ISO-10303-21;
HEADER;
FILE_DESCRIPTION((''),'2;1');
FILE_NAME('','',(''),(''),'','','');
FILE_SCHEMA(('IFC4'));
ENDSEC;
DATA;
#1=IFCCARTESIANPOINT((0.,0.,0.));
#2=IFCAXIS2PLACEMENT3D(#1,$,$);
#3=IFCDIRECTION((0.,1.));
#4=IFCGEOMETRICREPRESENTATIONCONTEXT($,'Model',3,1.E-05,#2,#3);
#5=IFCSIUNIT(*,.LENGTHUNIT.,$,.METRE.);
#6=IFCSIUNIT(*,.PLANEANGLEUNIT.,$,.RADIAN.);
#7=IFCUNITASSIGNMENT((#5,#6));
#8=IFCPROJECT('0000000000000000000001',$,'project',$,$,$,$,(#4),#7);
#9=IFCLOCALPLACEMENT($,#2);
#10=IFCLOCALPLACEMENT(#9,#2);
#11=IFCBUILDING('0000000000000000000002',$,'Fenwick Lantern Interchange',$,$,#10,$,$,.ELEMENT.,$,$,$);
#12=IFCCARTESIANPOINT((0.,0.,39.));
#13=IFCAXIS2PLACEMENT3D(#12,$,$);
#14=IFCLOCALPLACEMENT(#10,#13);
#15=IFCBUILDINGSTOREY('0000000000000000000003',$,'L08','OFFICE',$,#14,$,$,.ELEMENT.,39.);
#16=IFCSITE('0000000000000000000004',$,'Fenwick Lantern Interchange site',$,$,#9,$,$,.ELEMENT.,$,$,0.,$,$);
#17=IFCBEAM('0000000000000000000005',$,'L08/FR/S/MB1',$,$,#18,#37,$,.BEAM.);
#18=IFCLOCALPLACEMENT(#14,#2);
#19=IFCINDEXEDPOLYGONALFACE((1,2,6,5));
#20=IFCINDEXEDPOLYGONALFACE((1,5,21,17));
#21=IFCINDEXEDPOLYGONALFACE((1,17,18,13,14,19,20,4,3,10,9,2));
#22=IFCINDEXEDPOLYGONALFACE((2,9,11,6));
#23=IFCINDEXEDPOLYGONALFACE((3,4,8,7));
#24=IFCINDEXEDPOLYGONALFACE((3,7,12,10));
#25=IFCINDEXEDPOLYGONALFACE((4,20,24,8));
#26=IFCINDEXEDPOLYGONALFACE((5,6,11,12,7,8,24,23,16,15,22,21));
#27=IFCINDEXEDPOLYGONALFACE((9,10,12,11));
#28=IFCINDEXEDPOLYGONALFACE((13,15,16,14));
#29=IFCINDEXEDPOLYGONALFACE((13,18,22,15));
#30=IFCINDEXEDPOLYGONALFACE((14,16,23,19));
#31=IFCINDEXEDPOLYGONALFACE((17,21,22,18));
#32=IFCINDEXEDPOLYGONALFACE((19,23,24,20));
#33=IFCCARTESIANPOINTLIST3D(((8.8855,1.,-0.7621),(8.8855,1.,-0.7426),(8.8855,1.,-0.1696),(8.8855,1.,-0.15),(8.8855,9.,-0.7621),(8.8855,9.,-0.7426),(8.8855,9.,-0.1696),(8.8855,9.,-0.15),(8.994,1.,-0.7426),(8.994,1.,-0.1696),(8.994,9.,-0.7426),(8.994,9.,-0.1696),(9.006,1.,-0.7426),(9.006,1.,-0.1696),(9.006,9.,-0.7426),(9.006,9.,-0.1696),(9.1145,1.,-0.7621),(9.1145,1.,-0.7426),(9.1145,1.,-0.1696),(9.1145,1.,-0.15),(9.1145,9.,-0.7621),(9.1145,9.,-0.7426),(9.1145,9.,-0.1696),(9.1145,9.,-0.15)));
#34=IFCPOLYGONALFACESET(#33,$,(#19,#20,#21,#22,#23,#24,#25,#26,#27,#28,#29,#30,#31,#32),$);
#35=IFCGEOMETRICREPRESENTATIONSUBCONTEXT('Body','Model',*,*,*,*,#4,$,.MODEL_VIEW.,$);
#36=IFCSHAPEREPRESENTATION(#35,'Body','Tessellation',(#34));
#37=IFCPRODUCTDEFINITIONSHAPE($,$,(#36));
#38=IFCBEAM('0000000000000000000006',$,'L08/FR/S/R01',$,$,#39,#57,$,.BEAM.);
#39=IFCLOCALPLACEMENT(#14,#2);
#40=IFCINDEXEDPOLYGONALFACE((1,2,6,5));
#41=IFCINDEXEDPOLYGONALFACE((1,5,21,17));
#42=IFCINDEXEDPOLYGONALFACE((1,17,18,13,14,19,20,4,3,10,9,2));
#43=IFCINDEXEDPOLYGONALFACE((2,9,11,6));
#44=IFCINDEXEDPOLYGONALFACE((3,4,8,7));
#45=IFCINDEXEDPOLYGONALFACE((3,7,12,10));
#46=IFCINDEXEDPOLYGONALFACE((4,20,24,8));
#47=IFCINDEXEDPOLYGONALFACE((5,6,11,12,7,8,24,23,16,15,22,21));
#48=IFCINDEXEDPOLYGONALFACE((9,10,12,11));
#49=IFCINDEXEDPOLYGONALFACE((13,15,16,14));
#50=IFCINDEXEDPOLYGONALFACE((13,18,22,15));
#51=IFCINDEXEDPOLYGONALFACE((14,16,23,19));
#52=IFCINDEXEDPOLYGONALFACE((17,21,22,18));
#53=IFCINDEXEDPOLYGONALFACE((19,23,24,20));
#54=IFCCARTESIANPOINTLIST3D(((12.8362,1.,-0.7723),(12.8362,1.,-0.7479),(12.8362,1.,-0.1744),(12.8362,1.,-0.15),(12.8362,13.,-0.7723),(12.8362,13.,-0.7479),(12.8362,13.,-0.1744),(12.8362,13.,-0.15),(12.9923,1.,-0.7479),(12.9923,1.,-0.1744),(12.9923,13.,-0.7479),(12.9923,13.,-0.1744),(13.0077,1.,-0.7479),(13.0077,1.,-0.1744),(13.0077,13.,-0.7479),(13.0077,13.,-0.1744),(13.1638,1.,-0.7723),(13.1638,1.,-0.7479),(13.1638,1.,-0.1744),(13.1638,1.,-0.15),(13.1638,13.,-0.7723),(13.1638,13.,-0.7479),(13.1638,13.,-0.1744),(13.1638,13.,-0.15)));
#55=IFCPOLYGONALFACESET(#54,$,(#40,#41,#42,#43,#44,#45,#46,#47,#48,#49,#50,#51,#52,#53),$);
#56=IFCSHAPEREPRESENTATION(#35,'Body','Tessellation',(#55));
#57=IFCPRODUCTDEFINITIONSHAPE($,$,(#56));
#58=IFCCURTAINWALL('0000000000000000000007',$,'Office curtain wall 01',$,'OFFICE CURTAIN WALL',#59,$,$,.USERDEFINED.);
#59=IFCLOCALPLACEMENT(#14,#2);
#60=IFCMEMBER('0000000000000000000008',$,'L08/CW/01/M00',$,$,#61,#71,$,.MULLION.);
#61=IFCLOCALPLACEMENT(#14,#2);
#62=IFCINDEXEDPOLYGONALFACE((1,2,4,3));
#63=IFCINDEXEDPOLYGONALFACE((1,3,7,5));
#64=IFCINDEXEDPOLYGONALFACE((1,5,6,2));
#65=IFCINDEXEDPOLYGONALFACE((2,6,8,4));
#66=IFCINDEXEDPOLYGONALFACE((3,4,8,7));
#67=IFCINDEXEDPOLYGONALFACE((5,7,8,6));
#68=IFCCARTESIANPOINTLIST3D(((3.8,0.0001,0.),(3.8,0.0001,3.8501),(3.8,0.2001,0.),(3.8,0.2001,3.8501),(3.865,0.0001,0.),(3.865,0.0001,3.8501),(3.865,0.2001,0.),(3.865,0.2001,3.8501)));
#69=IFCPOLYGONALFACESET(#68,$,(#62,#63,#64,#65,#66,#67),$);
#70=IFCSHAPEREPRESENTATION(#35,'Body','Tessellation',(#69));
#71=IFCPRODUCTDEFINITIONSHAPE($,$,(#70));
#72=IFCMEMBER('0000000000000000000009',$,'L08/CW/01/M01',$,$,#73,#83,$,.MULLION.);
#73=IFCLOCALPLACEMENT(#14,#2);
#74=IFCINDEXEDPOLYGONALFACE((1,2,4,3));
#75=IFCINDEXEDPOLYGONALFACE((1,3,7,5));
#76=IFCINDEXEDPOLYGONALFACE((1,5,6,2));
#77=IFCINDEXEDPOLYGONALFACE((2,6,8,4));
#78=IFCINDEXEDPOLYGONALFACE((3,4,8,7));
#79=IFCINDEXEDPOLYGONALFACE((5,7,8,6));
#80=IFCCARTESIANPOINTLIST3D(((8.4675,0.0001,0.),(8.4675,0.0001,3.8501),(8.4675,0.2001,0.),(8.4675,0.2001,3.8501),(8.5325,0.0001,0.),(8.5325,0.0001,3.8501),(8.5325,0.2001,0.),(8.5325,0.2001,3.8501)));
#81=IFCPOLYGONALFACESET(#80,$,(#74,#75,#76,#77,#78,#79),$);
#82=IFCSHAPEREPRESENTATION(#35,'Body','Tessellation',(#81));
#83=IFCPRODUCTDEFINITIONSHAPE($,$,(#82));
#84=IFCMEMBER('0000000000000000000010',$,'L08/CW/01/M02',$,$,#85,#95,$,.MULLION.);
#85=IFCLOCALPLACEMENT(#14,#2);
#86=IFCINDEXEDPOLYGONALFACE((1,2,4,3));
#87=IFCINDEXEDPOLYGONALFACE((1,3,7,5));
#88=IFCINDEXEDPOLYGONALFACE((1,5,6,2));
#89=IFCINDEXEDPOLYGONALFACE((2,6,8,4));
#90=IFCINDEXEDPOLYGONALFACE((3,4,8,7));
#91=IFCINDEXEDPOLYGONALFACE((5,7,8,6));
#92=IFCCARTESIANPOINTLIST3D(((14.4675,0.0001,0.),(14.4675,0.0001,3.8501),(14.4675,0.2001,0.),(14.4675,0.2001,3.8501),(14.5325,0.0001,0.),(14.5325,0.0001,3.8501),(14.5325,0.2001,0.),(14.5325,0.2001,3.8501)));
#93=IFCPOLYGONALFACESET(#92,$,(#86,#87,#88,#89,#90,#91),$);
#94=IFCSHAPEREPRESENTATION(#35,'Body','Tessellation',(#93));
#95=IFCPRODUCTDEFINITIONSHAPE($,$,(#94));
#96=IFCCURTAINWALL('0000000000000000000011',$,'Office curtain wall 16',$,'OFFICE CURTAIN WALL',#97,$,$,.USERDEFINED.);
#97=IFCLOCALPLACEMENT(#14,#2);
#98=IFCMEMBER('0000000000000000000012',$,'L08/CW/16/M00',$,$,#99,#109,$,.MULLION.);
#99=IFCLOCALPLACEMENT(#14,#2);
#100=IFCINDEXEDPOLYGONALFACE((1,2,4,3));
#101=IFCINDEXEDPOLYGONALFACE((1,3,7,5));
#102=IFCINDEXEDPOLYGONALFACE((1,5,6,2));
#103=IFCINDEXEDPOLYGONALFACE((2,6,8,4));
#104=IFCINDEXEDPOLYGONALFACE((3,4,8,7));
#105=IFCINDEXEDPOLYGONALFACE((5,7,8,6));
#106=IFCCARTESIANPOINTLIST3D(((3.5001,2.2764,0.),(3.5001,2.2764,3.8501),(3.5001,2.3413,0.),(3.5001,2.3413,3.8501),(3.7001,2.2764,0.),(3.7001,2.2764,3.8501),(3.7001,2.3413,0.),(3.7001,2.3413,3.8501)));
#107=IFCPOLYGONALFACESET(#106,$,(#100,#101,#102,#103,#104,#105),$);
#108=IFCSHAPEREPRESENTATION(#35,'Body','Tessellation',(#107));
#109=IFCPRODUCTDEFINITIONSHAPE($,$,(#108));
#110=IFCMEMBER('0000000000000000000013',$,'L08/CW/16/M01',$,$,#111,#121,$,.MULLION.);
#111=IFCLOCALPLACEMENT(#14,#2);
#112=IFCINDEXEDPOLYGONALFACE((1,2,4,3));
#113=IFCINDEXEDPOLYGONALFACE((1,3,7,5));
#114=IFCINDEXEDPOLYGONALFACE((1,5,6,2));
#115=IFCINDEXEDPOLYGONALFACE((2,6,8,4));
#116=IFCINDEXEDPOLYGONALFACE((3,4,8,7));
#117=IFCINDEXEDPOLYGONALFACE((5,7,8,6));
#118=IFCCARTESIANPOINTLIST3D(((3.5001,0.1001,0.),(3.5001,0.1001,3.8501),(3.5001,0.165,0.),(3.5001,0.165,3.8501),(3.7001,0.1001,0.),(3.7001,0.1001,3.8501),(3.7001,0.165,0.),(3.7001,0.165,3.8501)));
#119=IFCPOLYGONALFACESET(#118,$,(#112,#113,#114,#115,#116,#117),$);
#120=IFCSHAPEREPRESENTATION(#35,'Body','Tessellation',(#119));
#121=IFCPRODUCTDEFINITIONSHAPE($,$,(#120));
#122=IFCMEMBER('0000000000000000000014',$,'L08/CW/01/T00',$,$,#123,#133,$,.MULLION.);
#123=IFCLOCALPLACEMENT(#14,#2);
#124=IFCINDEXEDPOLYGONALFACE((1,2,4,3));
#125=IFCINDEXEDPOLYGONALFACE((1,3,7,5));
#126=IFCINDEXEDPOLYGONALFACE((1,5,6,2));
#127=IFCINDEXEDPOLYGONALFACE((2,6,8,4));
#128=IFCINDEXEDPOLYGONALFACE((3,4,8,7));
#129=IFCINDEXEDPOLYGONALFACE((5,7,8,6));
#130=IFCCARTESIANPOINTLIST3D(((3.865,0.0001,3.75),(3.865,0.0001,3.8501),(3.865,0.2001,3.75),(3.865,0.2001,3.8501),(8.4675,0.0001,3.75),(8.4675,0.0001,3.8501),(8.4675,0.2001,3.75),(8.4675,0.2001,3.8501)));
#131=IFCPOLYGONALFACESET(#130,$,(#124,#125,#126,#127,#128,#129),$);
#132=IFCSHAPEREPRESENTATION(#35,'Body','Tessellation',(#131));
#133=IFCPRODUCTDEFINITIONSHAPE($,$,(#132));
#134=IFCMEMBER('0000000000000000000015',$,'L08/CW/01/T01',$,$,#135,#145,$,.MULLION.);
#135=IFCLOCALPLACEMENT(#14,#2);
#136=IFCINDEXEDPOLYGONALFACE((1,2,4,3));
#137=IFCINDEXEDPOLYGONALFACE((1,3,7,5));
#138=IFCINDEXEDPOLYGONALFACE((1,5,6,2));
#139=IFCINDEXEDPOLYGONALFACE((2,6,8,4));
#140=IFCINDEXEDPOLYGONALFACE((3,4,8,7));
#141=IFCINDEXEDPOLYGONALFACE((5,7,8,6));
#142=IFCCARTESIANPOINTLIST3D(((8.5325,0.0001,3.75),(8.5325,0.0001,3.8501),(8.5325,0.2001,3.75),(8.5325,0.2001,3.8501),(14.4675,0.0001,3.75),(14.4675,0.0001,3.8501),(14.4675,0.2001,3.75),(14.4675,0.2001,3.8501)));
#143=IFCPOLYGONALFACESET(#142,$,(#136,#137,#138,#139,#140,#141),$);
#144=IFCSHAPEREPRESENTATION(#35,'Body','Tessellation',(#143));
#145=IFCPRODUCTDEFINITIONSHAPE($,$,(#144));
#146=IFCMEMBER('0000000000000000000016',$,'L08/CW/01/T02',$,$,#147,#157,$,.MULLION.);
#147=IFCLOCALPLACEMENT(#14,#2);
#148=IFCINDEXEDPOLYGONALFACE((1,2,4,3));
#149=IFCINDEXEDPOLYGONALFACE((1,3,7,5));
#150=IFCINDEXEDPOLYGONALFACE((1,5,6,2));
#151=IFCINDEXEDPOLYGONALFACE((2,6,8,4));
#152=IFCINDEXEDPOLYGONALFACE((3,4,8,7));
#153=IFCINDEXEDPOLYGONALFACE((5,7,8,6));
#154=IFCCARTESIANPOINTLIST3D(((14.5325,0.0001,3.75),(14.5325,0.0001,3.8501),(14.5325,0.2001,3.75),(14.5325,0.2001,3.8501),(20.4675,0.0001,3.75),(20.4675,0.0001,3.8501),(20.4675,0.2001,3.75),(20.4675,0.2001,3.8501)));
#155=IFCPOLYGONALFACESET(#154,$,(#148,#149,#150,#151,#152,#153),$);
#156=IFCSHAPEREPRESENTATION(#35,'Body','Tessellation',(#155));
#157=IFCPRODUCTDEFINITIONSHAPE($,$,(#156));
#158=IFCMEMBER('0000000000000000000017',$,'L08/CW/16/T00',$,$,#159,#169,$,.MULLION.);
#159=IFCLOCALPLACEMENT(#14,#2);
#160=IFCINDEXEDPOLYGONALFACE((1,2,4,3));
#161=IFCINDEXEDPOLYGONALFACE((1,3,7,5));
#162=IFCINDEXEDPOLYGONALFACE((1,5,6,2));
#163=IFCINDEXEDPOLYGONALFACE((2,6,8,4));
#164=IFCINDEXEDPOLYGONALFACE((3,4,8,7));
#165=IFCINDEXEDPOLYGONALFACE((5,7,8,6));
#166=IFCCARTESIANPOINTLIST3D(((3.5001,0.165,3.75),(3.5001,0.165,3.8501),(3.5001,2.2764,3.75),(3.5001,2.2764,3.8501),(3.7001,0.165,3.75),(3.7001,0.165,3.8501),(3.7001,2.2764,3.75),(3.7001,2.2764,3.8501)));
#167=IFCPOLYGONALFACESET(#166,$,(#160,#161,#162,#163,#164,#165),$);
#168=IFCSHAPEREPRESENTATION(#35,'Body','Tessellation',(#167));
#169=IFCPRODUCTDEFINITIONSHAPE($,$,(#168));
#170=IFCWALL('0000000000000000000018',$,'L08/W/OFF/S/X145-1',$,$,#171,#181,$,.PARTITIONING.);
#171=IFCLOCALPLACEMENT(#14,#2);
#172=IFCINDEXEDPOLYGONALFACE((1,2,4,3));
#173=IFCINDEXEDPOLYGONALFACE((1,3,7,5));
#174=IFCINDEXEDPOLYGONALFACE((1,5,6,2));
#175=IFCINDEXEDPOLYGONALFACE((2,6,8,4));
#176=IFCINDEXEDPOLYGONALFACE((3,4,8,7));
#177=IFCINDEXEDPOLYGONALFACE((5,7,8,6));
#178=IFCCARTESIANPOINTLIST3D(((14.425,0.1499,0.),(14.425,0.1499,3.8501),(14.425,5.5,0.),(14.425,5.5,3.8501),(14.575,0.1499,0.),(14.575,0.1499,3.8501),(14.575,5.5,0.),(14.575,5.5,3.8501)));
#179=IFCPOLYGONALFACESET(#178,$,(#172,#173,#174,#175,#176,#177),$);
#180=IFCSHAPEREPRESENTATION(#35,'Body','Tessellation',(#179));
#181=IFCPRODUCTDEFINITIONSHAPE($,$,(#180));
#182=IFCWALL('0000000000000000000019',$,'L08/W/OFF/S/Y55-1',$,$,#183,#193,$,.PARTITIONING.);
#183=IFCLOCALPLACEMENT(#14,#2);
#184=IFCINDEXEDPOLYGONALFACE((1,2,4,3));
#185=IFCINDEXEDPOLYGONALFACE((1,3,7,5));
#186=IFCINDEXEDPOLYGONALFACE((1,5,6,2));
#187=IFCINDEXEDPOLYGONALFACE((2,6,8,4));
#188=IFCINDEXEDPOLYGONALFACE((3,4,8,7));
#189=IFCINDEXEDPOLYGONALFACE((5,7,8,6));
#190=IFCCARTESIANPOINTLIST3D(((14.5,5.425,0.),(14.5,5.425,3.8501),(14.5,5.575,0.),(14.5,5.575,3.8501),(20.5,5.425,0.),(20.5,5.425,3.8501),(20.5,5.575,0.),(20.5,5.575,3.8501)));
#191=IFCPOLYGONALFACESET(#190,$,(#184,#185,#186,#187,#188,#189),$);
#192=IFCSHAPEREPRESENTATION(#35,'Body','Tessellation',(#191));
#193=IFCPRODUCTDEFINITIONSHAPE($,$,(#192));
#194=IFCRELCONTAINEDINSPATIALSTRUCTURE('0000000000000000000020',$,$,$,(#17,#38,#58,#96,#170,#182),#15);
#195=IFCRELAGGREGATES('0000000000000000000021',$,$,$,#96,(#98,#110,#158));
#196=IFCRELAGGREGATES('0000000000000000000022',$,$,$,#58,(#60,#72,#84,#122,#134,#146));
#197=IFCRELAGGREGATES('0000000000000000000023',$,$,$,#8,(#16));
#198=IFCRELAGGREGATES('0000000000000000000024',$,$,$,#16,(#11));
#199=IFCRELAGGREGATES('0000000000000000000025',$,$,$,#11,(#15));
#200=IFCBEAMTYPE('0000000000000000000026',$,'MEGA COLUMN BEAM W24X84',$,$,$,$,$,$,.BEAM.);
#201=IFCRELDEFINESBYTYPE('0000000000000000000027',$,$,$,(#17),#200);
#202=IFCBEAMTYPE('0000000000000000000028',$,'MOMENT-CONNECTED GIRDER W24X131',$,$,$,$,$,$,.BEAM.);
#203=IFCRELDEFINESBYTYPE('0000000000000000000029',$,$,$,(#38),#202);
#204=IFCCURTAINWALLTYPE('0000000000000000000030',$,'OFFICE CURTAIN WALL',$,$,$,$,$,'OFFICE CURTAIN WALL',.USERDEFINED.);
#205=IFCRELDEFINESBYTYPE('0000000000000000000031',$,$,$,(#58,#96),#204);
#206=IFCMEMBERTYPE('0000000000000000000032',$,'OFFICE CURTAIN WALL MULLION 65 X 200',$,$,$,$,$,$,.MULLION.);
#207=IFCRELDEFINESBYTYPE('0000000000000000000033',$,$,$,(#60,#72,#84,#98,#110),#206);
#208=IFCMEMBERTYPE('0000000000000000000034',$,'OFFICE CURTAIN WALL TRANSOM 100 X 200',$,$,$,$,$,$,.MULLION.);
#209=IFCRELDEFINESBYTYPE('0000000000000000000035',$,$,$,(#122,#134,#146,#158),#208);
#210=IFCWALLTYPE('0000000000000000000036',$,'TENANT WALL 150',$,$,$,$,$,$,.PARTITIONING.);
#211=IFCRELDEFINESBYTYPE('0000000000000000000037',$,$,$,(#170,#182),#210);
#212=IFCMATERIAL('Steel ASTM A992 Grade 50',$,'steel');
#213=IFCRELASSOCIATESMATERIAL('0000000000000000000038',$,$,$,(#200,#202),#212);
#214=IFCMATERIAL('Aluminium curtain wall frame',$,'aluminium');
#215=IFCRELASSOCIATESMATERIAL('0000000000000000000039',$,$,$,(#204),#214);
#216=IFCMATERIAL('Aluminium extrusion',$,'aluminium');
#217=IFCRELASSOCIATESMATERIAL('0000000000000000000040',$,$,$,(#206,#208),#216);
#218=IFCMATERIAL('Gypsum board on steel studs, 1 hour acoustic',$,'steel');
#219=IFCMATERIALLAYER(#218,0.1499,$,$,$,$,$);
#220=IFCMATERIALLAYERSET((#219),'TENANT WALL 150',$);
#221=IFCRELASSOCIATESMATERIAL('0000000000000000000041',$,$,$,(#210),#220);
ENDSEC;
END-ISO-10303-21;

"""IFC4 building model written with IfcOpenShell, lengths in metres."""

from ifc_helpers import new_model, si_unit, direction, frame, frame_2d, origin, origin_2d, place, context, subcontext, project, spatial, rectangle, i_section, extrude, material, layer, layer_set, material_profile, profile_set, type_object, element, aggregate, save


model = new_model("IFC4")

# Units and contexts
model_context = context("Model", 3, precision=1e-05, world=origin(), true_north=direction((0.0, 1.0)))
body_context = subcontext(model_context, "Body", "Model", "MODEL_VIEW")
ifc_project = project(units=[si_unit("LENGTHUNIT", "METRE"), si_unit("PLANEANGLEUNIT", "RADIAN")], contexts=[model_context])

# Site, building, storey
site_placement = place(None, origin())
site = spatial("IfcSite", under=ifc_project, at=site_placement, Name="Fenwick Lantern Interchange site", CompositionType="ELEMENT", RefElevation=0.0)
building_placement = place(site_placement, origin())
building = spatial("IfcBuilding", under=site, at=building_placement, Name="Fenwick Lantern Interchange", CompositionType="ELEMENT")
storey_placement = place(building_placement, frame((0.0, 0.0, 39.0)))
storey = spatial("IfcBuildingStorey", under=building, at=storey_placement, Name="L08", Description="OFFICE", CompositionType="ELEMENT", Elevation=39.0)

# Beams
ifc_material_1 = material(Name="Steel ASTM A992 Grade 50", Category="steel")
ifc_material_profile_1 = material_profile(ifc_material_1, i_section(OverallWidth=0.229, OverallDepth=0.6121, WebThickness=0.012, FlangeThickness=0.0195, at=origin_2d()), Name="W24X84")
ifc_profile_set_1 = profile_set([ifc_material_profile_1], Name="Steel ASTM A992 Grade 50")
beam_type_1 = type_object("IfcBeamType", Name="MEGA COLUMN BEAM W24X84", PredefinedType="BEAM", material=ifc_profile_set_1)
beam_1_placement = place(storey_placement, frame((9.0, 9.0, -0.4561), z_axis=(0.0, -1.0, 0.0), x_axis=(1.0, 0.0, 0.0)))
element("IfcBeam", 1, at=beam_1_placement, inside=storey, type_object=beam_type_1, Name="L08/FR/S/MB1", PredefinedType="BEAM", context=body_context, shape_type="SweptSolid", body=[
    extrude(i_section(OverallWidth=0.229, OverallDepth=0.6121, WebThickness=0.012, FlangeThickness=0.0195, at=origin_2d()), origin(), (0.0, 0.0, 1.0), 8.0),
])
ifc_material_profile_2 = material_profile(ifc_material_1, i_section(OverallWidth=0.3276, OverallDepth=0.6223, WebThickness=0.0154, FlangeThickness=0.0244, at=origin_2d()), Name="W24X131")
ifc_profile_set_2 = profile_set([ifc_material_profile_2], Name="Steel ASTM A992 Grade 50")
beam_type_2 = type_object("IfcBeamType", Name="MOMENT-CONNECTED GIRDER W24X131", PredefinedType="BEAM", material=ifc_profile_set_2)
beam_2_placement = place(storey_placement, frame((13.0, 1.0, -0.4612), z_axis=(0.0, 1.0, 0.0), x_axis=(-1.0, 0.0, 0.0)))
element("IfcBeam", 2, at=beam_2_placement, inside=storey, type_object=beam_type_2, Name="L08/FR/S/R01", PredefinedType="BEAM", context=body_context, shape_type="SweptSolid", body=[
    extrude(i_section(OverallWidth=0.3276, OverallDepth=0.6223, WebThickness=0.0154, FlangeThickness=0.0244, at=origin_2d()), origin(), (0.0, 0.0, 1.0), 12.0),
])

# Curtain walls, members
ifc_material_2 = material(Name="Aluminium curtain wall frame", Category="aluminium")
curtain_wall_type = type_object("IfcCurtainWallType", Name="OFFICE CURTAIN WALL", ElementType="OFFICE CURTAIN WALL", PredefinedType="USERDEFINED", material=ifc_material_2)
curtain_wall_1_placement = place(storey_placement, origin())
curtain_wall_1 = element("IfcCurtainWall", 3, at=curtain_wall_1_placement, inside=storey, type_object=curtain_wall_type, Name="Office curtain wall 01", ObjectType="OFFICE CURTAIN WALL", PredefinedType="USERDEFINED")
ifc_material_3 = material(Name="Aluminium extrusion", Category="aluminium")
ifc_material_profile_3 = material_profile(ifc_material_3, rectangle(XDim=0.2, YDim=0.0649, at=origin_2d()), Name="OFFICE CURTAIN WALL MULLION 65 X 200")
ifc_profile_set_3 = profile_set([ifc_material_profile_3], Name="Aluminium extrusion")
member_type_1 = type_object("IfcMemberType", Name="OFFICE CURTAIN WALL MULLION 65 X 200", PredefinedType="MULLION", material=ifc_profile_set_3)
member_1_placement = place(storey_placement, frame((3.8325, 0.1001, 0.0), z_axis=(0.0, 0.0, 1.0), x_axis=(0.0, 1.0, 0.0)))
member_1 = element("IfcMember", 4, at=member_1_placement, type_object=member_type_1, Name="L08/CW/01/M00", PredefinedType="MULLION", context=body_context, shape_type="SweptSolid", body=[
    extrude(rectangle(XDim=0.2, YDim=0.0649, at=origin_2d()), origin(), (0.0, 0.0, 1.0), 3.8501),
])
member_2_placement = place(storey_placement, frame((8.5, 0.1001, 0.0), z_axis=(0.0, 0.0, 1.0), x_axis=(0.0, 1.0, 0.0)))
member_2 = element("IfcMember", 5, at=member_2_placement, type_object=member_type_1, Name="L08/CW/01/M01", PredefinedType="MULLION", context=body_context, shape_type="SweptSolid", body=[
    extrude(rectangle(XDim=0.2, YDim=0.0649, at=origin_2d()), origin(), (0.0, 0.0, 1.0), 3.8501),
])
member_3_placement = place(storey_placement, frame((14.5, 0.1001, 0.0), z_axis=(0.0, 0.0, 1.0), x_axis=(0.0, 1.0, 0.0)))
member_3 = element("IfcMember", 6, at=member_3_placement, type_object=member_type_1, Name="L08/CW/01/M02", PredefinedType="MULLION", context=body_context, shape_type="SweptSolid", body=[
    extrude(rectangle(XDim=0.2, YDim=0.0649, at=origin_2d()), origin(), (0.0, 0.0, 1.0), 3.8501),
])
curtain_wall_2_placement = place(storey_placement, origin())
curtain_wall_2 = element("IfcCurtainWall", 7, at=curtain_wall_2_placement, inside=storey, type_object=curtain_wall_type, Name="Office curtain wall 16", ObjectType="OFFICE CURTAIN WALL", PredefinedType="USERDEFINED")
member_4_placement = place(storey_placement, frame((3.6001, 2.3088, 0.0), z_axis=(0.0, 0.0, 1.0), x_axis=(1.0, 0.0, 0.0)))
member_4 = element("IfcMember", 8, at=member_4_placement, type_object=member_type_1, Name="L08/CW/16/M00", PredefinedType="MULLION", context=body_context, shape_type="SweptSolid", body=[
    extrude(rectangle(XDim=0.2, YDim=0.0649, at=origin_2d()), origin(), (0.0, 0.0, 1.0), 3.8501),
])
member_5_placement = place(storey_placement, frame((3.6001, 0.1326, 0.0), z_axis=(0.0, 0.0, 1.0), x_axis=(1.0, 0.0, 0.0)))
member_5 = element("IfcMember", 9, at=member_5_placement, type_object=member_type_1, Name="L08/CW/16/M01", PredefinedType="MULLION", context=body_context, shape_type="SweptSolid", body=[
    extrude(rectangle(XDim=0.2, YDim=0.0649, at=origin_2d()), origin(), (0.0, 0.0, 1.0), 3.8501),
])

# Members
ifc_material_profile_4 = material_profile(ifc_material_3, rectangle(XDim=0.2, YDim=0.1001, at=origin_2d()), Name="OFFICE CURTAIN WALL TRANSOM 100 X 200")
ifc_profile_set_4 = profile_set([ifc_material_profile_4], Name="Aluminium extrusion")
member_type_2 = type_object("IfcMemberType", Name="OFFICE CURTAIN WALL TRANSOM 100 X 200", PredefinedType="MULLION", material=ifc_profile_set_4)
member_6_placement = place(storey_placement, frame((3.865, 0.1001, 3.8), z_axis=(1.0, 0.0, 0.0), x_axis=(0.0, 1.0, 0.0)))
member_6 = element("IfcMember", 10, at=member_6_placement, type_object=member_type_2, Name="L08/CW/01/T00", PredefinedType="MULLION", context=body_context, shape_type="SweptSolid", body=[
    extrude(rectangle(XDim=0.2, YDim=0.1001, at=origin_2d()), origin(), (0.0, 0.0, 1.0), 4.6025),
])
member_7_placement = place(storey_placement, frame((8.5325, 0.1001, 3.8), z_axis=(1.0, 0.0, 0.0), x_axis=(0.0, 1.0, 0.0)))
member_7 = element("IfcMember", 11, at=member_7_placement, type_object=member_type_2, Name="L08/CW/01/T01", PredefinedType="MULLION", context=body_context, shape_type="SweptSolid", body=[
    extrude(rectangle(XDim=0.2, YDim=0.1001, at=origin_2d()), origin(), (0.0, 0.0, 1.0), 5.9351),
])
member_8_placement = place(storey_placement, frame((14.5325, 0.1001, 3.8), z_axis=(1.0, 0.0, 0.0), x_axis=(0.0, 1.0, 0.0)))
member_8 = element("IfcMember", 12, at=member_8_placement, type_object=member_type_2, Name="L08/CW/01/T02", PredefinedType="MULLION", context=body_context, shape_type="SweptSolid", body=[
    extrude(rectangle(XDim=0.2, YDim=0.1001, at=origin_2d()), origin(), (0.0, 0.0, 1.0), 5.9351),
])
member_9_placement = place(storey_placement, frame((3.6001, 2.2764, 3.8), z_axis=(0.0, -1.0, 0.0), x_axis=(1.0, 0.0, 0.0)))
member_9 = element("IfcMember", 13, at=member_9_placement, type_object=member_type_2, Name="L08/CW/16/T00", PredefinedType="MULLION", context=body_context, shape_type="SweptSolid", body=[
    extrude(rectangle(XDim=0.2, YDim=0.1001, at=origin_2d()), origin(), (0.0, 0.0, 1.0), 2.1113),
])
aggregate(curtain_wall_2, [member_4, member_5, member_9])

aggregate(curtain_wall_1, [member_1, member_2, member_3, member_6, member_7, member_8])

# Walls
ifc_material_4 = material(Name="Gypsum board on steel studs, 1 hour acoustic", Category="steel")
ifc_layer_1 = layer(ifc_material_4, 0.1499)
ifc_layer_set_1 = layer_set([ifc_layer_1], Name="TENANT WALL 150")
wall_type = type_object("IfcWallType", Name="TENANT WALL 150", PredefinedType="PARTITIONING", material=ifc_layer_set_1)
wall_1_placement = place(storey_placement, frame((14.5, 0.1499, 0.0), z_axis=(0.0, 0.0, 1.0), x_axis=(0.0, 1.0, 0.0)))
element("IfcWall", 14, at=wall_1_placement, inside=storey, type_object=wall_type, Name="L08/W/OFF/S/X145-1", PredefinedType="PARTITIONING", context=body_context, shape_type="SweptSolid", body=[
    extrude(rectangle(XDim=5.3501, YDim=0.1499, at=frame_2d((2.675, 0.0))), origin(), (0.0, 0.0, 1.0), 3.8501),
])
wall_2_placement = place(storey_placement, frame((14.5, 5.5, 0.0), z_axis=(0.0, 0.0, 1.0), x_axis=(1.0, 0.0, 0.0)))
element("IfcWall", 15, at=wall_2_placement, inside=storey, type_object=wall_type, Name="L08/W/OFF/S/Y55-1", PredefinedType="PARTITIONING", context=body_context, shape_type="SweptSolid", body=[
    extrude(rectangle(XDim=6.0, YDim=0.1499, at=frame_2d((3.0, 0.0))), origin(), (0.0, 0.0, 1.0), 3.8501),
])

save(model, "model.ifc")
